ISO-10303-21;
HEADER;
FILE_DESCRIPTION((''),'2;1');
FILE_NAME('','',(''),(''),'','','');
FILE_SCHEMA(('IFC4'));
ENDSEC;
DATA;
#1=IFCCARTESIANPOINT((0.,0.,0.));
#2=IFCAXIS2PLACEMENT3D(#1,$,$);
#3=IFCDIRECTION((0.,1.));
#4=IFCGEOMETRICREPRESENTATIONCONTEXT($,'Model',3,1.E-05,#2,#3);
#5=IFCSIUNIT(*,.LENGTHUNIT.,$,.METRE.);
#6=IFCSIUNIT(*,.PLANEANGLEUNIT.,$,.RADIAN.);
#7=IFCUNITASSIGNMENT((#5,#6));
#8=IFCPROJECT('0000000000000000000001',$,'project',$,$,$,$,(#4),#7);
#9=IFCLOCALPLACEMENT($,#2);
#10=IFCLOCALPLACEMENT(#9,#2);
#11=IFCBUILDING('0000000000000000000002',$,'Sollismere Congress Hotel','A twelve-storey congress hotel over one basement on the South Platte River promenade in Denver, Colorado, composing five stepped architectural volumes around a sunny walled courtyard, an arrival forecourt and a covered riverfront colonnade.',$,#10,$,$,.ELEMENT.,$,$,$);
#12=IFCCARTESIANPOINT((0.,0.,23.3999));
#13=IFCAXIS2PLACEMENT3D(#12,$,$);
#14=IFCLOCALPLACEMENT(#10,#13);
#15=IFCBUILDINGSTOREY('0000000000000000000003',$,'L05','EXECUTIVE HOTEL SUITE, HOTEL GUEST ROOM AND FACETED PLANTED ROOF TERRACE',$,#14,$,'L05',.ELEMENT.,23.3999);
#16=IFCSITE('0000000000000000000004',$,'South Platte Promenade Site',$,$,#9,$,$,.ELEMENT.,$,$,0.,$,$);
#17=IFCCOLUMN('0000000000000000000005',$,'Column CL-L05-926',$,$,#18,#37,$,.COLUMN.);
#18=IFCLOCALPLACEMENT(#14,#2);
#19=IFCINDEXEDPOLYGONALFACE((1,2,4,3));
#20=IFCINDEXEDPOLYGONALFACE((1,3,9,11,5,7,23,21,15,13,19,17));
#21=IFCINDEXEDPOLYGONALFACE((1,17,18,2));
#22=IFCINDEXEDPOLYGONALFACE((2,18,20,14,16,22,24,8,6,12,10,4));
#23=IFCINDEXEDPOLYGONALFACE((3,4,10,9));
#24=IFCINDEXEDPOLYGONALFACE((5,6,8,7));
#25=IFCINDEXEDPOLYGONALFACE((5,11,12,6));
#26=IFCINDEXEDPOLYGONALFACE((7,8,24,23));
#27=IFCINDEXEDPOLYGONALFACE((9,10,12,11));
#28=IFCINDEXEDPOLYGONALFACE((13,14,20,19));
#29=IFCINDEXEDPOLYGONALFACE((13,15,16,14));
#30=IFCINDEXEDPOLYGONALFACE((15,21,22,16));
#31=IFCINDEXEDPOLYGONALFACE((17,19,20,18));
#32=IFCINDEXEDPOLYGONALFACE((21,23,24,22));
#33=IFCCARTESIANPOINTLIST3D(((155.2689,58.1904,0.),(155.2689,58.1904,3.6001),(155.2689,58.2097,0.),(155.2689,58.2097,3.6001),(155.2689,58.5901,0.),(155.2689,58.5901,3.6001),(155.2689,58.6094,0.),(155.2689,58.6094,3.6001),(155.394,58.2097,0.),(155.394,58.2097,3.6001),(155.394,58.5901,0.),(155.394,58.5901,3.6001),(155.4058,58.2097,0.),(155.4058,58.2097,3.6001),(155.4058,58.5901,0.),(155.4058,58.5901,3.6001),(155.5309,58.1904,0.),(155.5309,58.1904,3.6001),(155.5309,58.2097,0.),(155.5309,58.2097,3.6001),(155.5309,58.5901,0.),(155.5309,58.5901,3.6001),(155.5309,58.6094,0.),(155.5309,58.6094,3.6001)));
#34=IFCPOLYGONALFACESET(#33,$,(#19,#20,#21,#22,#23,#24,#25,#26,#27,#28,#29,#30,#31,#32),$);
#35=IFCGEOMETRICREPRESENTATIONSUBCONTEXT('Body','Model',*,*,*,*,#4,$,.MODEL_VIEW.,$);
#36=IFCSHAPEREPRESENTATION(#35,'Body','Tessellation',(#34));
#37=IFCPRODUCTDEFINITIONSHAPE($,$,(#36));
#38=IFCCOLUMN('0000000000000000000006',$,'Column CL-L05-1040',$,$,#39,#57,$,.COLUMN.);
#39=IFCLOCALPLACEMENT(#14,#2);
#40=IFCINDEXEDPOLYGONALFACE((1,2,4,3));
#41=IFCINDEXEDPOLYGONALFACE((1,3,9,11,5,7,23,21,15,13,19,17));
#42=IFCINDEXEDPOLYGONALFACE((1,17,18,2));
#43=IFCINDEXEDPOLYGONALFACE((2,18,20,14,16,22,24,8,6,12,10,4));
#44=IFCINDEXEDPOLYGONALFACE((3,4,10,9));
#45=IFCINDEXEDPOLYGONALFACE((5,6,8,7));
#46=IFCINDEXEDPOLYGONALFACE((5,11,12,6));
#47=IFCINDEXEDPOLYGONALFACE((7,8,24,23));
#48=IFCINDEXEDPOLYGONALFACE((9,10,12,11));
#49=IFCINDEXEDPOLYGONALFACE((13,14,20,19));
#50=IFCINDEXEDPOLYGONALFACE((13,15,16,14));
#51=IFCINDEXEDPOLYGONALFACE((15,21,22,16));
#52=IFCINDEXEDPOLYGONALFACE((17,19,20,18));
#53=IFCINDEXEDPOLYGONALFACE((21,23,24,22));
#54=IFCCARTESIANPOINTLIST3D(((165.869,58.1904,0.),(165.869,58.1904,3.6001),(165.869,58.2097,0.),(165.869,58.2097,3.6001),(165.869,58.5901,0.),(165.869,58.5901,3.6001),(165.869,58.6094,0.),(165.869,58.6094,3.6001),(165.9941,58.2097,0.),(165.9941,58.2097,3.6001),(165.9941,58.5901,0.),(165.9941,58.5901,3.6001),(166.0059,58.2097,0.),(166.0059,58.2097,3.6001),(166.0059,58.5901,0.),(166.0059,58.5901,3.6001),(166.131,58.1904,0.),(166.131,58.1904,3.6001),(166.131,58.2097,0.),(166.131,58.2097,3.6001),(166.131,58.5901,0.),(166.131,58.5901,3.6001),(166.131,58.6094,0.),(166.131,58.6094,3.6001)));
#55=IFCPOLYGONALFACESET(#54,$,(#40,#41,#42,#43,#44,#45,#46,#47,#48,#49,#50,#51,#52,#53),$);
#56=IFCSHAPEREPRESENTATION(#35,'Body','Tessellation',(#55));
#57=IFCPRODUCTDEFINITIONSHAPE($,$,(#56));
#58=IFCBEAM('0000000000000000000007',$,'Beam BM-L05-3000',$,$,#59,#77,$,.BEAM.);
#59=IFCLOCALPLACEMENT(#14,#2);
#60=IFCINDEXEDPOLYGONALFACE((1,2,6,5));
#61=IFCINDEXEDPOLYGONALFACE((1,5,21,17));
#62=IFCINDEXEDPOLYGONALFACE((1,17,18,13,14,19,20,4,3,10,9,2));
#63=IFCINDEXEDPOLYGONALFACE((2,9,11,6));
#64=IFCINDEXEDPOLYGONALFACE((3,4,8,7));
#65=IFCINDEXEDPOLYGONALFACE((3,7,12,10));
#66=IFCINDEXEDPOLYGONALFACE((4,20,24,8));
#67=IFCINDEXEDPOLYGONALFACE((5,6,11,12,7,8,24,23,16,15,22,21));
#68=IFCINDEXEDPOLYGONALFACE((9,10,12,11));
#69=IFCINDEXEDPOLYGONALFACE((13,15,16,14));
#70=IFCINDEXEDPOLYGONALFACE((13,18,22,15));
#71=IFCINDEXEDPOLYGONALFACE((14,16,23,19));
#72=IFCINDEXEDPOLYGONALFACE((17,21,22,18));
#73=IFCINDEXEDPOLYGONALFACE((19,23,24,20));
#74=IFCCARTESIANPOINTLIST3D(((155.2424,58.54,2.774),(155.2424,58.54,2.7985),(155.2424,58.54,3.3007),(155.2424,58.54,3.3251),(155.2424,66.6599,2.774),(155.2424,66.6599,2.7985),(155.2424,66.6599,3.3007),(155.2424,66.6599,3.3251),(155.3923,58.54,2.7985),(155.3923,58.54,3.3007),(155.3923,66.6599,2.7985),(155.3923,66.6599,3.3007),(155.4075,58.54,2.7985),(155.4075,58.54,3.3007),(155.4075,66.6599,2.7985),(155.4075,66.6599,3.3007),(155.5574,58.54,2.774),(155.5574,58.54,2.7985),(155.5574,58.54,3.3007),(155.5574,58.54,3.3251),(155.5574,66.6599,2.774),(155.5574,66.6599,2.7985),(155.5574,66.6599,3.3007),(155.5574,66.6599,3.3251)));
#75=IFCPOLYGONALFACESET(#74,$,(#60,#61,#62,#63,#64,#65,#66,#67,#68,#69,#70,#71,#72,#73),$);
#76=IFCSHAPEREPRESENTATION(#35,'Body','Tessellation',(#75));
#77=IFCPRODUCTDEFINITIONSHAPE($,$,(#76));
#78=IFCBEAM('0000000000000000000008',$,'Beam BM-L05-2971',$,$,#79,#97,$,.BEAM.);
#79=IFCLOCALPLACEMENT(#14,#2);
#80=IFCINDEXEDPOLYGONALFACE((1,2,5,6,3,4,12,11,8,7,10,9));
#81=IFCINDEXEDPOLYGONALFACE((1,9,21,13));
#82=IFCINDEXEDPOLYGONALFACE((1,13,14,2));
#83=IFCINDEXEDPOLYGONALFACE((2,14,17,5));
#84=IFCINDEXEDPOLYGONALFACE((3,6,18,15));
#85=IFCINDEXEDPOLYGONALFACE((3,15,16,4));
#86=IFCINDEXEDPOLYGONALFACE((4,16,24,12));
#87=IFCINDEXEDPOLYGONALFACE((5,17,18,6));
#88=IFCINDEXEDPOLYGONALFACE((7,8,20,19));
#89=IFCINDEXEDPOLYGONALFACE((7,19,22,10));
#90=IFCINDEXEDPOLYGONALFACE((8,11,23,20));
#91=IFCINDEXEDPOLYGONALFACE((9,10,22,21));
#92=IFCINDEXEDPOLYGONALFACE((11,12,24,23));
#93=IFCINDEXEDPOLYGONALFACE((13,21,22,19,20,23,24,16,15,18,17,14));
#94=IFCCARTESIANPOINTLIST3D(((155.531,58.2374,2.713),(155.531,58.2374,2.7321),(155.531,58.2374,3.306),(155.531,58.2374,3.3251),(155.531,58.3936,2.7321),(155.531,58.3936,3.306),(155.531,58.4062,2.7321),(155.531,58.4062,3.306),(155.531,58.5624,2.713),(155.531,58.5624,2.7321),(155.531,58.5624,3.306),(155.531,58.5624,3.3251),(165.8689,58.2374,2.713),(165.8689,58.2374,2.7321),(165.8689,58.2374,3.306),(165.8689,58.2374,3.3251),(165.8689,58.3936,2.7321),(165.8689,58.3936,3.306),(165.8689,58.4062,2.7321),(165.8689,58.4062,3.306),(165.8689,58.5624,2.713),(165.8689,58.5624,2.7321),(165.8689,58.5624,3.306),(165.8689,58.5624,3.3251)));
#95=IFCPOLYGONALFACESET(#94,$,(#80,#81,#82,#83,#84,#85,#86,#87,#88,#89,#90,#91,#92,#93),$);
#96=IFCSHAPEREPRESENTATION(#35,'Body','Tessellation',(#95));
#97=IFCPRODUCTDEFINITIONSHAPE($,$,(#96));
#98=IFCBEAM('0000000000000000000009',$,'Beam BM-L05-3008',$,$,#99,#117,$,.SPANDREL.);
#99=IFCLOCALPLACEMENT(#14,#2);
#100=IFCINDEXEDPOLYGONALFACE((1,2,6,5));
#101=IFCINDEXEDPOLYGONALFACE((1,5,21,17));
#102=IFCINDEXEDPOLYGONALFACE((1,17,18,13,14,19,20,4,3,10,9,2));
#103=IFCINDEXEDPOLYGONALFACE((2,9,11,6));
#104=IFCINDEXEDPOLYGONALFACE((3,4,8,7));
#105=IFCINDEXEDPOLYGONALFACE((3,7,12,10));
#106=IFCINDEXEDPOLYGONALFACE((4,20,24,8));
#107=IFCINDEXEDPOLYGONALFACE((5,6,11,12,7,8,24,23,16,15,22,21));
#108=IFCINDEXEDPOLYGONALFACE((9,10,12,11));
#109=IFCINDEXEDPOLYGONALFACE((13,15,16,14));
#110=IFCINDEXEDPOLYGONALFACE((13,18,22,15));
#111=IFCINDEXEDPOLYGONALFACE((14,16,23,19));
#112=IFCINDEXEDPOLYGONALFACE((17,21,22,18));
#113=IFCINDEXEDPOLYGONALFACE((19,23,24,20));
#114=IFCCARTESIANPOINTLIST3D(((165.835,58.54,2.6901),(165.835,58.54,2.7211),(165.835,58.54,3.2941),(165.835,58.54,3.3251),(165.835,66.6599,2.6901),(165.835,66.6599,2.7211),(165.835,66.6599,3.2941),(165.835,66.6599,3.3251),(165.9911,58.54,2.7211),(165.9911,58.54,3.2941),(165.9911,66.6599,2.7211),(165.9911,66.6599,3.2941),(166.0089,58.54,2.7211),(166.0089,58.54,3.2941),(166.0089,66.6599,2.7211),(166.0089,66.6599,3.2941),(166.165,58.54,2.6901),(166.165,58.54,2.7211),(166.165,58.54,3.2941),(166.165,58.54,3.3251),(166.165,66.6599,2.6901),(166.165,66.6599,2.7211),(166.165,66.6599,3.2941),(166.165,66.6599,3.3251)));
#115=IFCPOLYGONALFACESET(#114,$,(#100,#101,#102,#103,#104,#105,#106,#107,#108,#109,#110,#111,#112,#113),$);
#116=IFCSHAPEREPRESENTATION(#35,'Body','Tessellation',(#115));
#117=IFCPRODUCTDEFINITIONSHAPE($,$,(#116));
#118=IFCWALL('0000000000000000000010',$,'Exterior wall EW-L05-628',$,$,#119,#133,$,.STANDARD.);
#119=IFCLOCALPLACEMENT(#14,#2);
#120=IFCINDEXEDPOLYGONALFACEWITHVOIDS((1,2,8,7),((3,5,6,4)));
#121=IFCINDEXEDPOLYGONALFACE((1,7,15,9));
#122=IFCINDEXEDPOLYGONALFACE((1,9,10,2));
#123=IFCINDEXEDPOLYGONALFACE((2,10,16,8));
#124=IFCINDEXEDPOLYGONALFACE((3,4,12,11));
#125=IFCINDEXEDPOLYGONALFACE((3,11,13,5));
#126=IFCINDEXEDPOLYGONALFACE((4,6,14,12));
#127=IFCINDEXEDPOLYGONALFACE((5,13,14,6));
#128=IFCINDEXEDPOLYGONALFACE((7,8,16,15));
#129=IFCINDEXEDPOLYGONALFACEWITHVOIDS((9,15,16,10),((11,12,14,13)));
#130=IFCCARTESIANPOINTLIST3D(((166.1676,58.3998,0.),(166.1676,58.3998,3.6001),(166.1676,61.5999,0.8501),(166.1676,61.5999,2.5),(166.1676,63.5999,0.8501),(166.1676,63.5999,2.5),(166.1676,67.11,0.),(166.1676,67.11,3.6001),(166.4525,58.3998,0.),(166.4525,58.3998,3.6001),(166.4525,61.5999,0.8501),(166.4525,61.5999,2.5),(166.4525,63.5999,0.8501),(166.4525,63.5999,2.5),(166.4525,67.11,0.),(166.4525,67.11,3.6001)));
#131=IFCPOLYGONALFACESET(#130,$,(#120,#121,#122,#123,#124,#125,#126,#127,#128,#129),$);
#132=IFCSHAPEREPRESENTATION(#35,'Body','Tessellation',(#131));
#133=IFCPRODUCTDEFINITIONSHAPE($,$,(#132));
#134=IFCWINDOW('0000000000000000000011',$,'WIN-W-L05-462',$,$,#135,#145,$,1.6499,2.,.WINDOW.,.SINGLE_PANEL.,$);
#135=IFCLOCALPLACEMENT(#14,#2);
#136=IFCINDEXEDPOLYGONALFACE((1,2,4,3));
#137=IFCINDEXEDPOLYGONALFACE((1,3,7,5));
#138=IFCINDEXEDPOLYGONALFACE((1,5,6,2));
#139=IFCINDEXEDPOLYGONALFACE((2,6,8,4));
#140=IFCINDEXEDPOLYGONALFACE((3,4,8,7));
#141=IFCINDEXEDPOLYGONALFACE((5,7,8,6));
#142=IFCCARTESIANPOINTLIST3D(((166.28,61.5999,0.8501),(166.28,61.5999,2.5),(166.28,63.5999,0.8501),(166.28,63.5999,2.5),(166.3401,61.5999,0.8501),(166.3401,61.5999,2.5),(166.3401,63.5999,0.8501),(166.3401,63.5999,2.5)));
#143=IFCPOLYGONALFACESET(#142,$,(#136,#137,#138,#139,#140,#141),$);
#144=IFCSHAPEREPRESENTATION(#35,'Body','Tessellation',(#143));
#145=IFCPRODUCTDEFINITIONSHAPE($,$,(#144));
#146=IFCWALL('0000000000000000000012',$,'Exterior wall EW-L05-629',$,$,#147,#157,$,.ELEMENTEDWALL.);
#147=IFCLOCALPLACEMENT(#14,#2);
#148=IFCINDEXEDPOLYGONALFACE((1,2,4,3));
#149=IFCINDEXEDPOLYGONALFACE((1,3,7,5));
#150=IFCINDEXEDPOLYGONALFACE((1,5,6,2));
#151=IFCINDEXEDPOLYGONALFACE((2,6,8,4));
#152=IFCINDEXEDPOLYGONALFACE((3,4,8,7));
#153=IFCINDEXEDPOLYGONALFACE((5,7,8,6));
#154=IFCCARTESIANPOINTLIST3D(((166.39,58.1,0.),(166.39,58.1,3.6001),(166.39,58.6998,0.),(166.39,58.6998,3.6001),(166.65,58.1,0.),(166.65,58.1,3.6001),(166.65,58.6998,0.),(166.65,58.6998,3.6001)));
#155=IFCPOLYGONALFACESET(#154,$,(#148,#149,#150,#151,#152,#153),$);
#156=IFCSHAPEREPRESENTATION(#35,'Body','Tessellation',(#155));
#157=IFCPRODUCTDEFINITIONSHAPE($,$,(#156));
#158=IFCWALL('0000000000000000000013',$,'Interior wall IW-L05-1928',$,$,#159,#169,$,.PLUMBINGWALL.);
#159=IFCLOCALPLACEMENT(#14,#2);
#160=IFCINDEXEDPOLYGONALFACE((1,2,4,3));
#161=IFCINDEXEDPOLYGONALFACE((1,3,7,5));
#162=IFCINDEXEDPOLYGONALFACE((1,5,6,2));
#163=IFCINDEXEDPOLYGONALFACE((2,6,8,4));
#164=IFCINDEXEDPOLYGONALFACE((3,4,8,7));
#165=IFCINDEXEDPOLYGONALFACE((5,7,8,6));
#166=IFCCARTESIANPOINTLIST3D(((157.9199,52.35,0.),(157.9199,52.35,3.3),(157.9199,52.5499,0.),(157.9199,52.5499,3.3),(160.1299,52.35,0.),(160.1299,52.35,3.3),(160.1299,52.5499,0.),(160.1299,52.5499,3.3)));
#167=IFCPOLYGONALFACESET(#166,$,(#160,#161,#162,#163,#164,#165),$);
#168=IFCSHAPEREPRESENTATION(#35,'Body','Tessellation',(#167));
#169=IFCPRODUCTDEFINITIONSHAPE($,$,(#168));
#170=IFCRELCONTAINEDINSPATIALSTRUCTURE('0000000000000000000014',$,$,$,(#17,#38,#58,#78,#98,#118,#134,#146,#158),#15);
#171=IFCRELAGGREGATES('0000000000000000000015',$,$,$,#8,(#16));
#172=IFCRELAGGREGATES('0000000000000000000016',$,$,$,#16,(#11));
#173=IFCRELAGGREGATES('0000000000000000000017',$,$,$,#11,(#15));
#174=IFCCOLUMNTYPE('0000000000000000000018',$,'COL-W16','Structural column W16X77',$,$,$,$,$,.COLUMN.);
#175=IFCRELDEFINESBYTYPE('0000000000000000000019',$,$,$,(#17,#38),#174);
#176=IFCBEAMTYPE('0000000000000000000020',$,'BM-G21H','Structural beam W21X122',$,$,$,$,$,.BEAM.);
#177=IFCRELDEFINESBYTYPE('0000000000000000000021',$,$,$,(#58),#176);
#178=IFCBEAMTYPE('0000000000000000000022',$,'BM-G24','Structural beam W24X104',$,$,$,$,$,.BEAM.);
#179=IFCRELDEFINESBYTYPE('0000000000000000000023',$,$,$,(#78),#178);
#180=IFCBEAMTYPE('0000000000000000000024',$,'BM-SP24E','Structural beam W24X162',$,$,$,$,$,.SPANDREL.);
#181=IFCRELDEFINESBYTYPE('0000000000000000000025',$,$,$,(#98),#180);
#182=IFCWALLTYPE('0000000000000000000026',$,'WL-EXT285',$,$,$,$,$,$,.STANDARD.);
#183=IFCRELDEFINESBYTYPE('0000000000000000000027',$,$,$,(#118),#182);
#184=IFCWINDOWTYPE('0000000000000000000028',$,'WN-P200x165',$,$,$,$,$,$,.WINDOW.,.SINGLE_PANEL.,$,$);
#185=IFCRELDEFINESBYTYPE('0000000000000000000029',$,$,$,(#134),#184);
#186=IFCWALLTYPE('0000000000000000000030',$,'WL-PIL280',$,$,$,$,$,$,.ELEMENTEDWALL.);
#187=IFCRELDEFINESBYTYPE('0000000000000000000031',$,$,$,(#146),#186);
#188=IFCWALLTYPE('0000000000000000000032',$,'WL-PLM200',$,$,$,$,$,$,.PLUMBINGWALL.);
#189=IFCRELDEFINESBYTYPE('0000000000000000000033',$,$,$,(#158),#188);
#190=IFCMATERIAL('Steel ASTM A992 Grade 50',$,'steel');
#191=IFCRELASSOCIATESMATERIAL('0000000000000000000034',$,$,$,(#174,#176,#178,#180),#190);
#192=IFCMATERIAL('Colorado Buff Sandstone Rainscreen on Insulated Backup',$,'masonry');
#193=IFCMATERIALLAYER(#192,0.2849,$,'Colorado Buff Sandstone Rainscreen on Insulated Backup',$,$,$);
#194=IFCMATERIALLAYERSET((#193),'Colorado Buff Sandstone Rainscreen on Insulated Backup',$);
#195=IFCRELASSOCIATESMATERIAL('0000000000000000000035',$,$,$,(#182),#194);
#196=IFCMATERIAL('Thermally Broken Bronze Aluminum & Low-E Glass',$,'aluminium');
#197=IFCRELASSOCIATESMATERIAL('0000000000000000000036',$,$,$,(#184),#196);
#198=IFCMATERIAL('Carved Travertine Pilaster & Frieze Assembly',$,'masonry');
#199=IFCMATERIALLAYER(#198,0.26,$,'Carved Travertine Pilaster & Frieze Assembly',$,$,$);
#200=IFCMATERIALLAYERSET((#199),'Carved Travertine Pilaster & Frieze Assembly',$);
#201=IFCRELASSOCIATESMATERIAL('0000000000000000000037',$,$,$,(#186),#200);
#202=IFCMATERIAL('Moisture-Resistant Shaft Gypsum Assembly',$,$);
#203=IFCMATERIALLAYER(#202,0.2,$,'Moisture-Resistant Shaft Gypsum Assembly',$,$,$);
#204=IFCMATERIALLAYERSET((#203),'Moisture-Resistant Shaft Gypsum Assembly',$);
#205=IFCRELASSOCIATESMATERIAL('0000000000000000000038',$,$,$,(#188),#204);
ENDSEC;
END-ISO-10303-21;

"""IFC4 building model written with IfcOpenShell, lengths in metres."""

from ifc_helpers import new_model, si_unit, direction, frame, frame_2d, origin, origin_2d, place, context, subcontext, project, spatial, rectangle, i_section, extrude, material, layer, layer_set, material_profile, profile_set, type_object, element, fill, save


model = new_model("IFC4")

# Units and contexts
model_context = context("Model", 3, precision=1e-05, world=origin(), true_north=direction((0.0, 1.0)))
body_context = subcontext(model_context, "Body", "Model", "MODEL_VIEW")
ifc_project = project(units=[si_unit("LENGTHUNIT", "METRE"), si_unit("PLANEANGLEUNIT", "RADIAN")], contexts=[model_context])

# Site, building, storey
site_placement = place(None, origin())
site = spatial("IfcSite", under=ifc_project, at=site_placement, Name="South Platte Promenade Site", CompositionType="ELEMENT", RefElevation=0.0)
building_placement = place(site_placement, origin())
building = spatial("IfcBuilding", under=site, at=building_placement, Name="Sollismere Congress Hotel", Description="A twelve-storey congress hotel over one basement on the South Platte River promenade in Denver, Colorado, composing five stepped architectural volumes around a sunny walled courtyard, an arrival forecourt and a covered riverfront colonnade.", CompositionType="ELEMENT")
storey_placement = place(building_placement, frame((0.0, 0.0, 23.3999)))
storey = spatial("IfcBuildingStorey", under=building, at=storey_placement, Name="L05", Description="EXECUTIVE HOTEL SUITE, HOTEL GUEST ROOM AND FACETED PLANTED ROOF TERRACE", LongName="L05", CompositionType="ELEMENT", Elevation=23.3999)

# Columns
ifc_material_1 = material(Name="Steel ASTM A992 Grade 50", Category="steel")
ifc_material_profile_1 = material_profile(ifc_material_1, i_section(OverallWidth=0.262, OverallDepth=0.4189, WebThickness=0.0117, FlangeThickness=0.0193, at=origin_2d()), Name="W16X77")
ifc_profile_set_1 = profile_set([ifc_material_profile_1], Name="Steel ASTM A992 Grade 50")
column_type = type_object("IfcColumnType", Name="COL-W16", Description="Structural column W16X77", PredefinedType="COLUMN", material=ifc_profile_set_1)
for number, where, z_axis, x_axis, name in (
    (1, (155.3999, 58.3999, 0.0), (0.0, 0.0, 1.0), (1.0, 0.0, 0.0), "Column CL-L05-926"),
    (2, (166.0, 58.3999, 0.0), (0.0, 0.0, 1.0), (1.0, 0.0, 0.0), "Column CL-L05-1040"),
):
    element("IfcColumn", number, at=place(storey_placement, frame(where, z_axis=z_axis, x_axis=x_axis)), inside=storey, type_object=column_type, Name=name, PredefinedType="COLUMN", context=body_context, shape_type="SweptSolid", body=[
        extrude(i_section(OverallWidth=0.262, OverallDepth=0.4189, WebThickness=0.0117, FlangeThickness=0.0193, at=origin_2d()), origin(), (0.0, 0.0, 1.0), 3.6001),
    ])

# Beams
ifc_material_profile_2 = material_profile(ifc_material_1, i_section(OverallWidth=0.3149, OverallDepth=0.551, WebThickness=0.0151, FlangeThickness=0.0244, at=origin_2d()), Name="W21X122")
ifc_profile_set_2 = profile_set([ifc_material_profile_2], Name="Steel ASTM A992 Grade 50")
beam_type_1 = type_object("IfcBeamType", Name="BM-G21H", Description="Structural beam W21X122", PredefinedType="BEAM", material=ifc_profile_set_2)
beam_1_placement = place(storey_placement, frame((155.3999, 58.54, 3.0496), z_axis=(0.0, 1.0, 0.0), x_axis=(-1.0, 0.0, 0.0)))
element("IfcBeam", 3, at=beam_1_placement, inside=storey, type_object=beam_type_1, Name="Beam BM-L05-3000", PredefinedType="BEAM", context=body_context, shape_type="SweptSolid", body=[
    extrude(i_section(OverallWidth=0.3149, OverallDepth=0.551, WebThickness=0.0151, FlangeThickness=0.0244, at=origin_2d()), origin(), (0.0, 0.0, 1.0), 8.1199),
])
ifc_material_profile_3 = material_profile(ifc_material_1, i_section(OverallWidth=0.325, OverallDepth=0.6121, WebThickness=0.0127, FlangeThickness=0.019, at=origin_2d()), Name="W24X104")
ifc_profile_set_3 = profile_set([ifc_material_profile_3], Name="Steel ASTM A992 Grade 50")
beam_type_2 = type_object("IfcBeamType", Name="BM-G24", Description="Structural beam W24X104", PredefinedType="BEAM", material=ifc_profile_set_3)
beam_2_placement = place(storey_placement, frame((155.531, 58.3999, 3.019), z_axis=(1.0, 0.0, 0.0), x_axis=(0.0, 1.0, 0.0)))
element("IfcBeam", 4, at=beam_2_placement, inside=storey, type_object=beam_type_2, Name="Beam BM-L05-2971", PredefinedType="BEAM", context=body_context, shape_type="SweptSolid", body=[
    extrude(i_section(OverallWidth=0.325, OverallDepth=0.6121, WebThickness=0.0127, FlangeThickness=0.019, at=origin_2d()), origin(), (0.0, 0.0, 1.0), 10.3379),
])
ifc_material_profile_4 = material_profile(ifc_material_1, i_section(OverallWidth=0.3301, OverallDepth=0.635, WebThickness=0.0178, FlangeThickness=0.031, at=origin_2d()), Name="W24X162")
ifc_profile_set_4 = profile_set([ifc_material_profile_4], Name="Steel ASTM A992 Grade 50")
beam_type_3 = type_object("IfcBeamType", Name="BM-SP24E", Description="Structural beam W24X162", PredefinedType="SPANDREL", material=ifc_profile_set_4)
beam_3_placement = place(storey_placement, frame((166.0, 58.54, 3.0076), z_axis=(0.0, 1.0, 0.0), x_axis=(-1.0, 0.0, 0.0)))
element("IfcBeam", 5, at=beam_3_placement, inside=storey, type_object=beam_type_3, Name="Beam BM-L05-3008", PredefinedType="SPANDREL", context=body_context, shape_type="SweptSolid", body=[
    extrude(i_section(OverallWidth=0.3301, OverallDepth=0.635, WebThickness=0.0178, FlangeThickness=0.031, at=origin_2d()), origin(), (0.0, 0.0, 1.0), 8.1199),
])

# Wall, opening, window
ifc_material_2 = material(Name="Colorado Buff Sandstone Rainscreen on Insulated Backup", Category="masonry")
ifc_layer_1 = layer(ifc_material_2, 0.2849, Name="Colorado Buff Sandstone Rainscreen on Insulated Backup")
ifc_layer_set_1 = layer_set([ifc_layer_1], Name="Colorado Buff Sandstone Rainscreen on Insulated Backup")
wall_type_1 = type_object("IfcWallType", Name="WL-EXT285", PredefinedType="STANDARD", material=ifc_layer_set_1)
wall_1_placement = place(storey_placement, frame((166.3101, 58.3999, 0.0), z_axis=(0.0, 0.0, 1.0), x_axis=(0.0, 1.0, 0.0)))
wall_1 = element("IfcWall", 6, at=wall_1_placement, inside=storey, type_object=wall_type_1, Name="Exterior wall EW-L05-628", PredefinedType="STANDARD", context=body_context, shape_type="SweptSolid", body=[
    extrude(rectangle(XDim=8.7102, YDim=0.2849, at=frame_2d((4.355, 0.0))), origin(), (0.0, 0.0, 1.0), 3.6001),
])
opening_1_placement = place(wall_1_placement, frame((3.2, 0.0, 0.8501)))
opening_1 = element("IfcOpeningElement", 7, at=opening_1_placement, cuts=wall_1, PredefinedType="OPENING", context=body_context, shape_type="SweptSolid", body=[
    extrude(rectangle(XDim=2.0, YDim=1.6499, at=frame_2d((1.0, 0.825))), frame((0.0, 0.1523, 0.0), z_axis=(0.0, -1.0, 0.0), x_axis=(1.0, 0.0, 0.0)), (0.0, 0.0, 1.0), 0.3049),
])
ifc_material_3 = material(Name="Thermally Broken Bronze Aluminum & Low-E Glass", Category="aluminium")
window_type = type_object("IfcWindowType", Name="WN-P200x165", PartitioningType="SINGLE_PANEL", PredefinedType="WINDOW", material=ifc_material_3)
window_placement = place(opening_1_placement, origin())
window = element("IfcWindow", 8, at=window_placement, inside=storey, type_object=window_type, Name="WIN-W-L05-462", OverallHeight=1.6499, OverallWidth=2.0, PartitioningType="SINGLE_PANEL", PredefinedType="WINDOW", context=body_context, shape_type="SweptSolid", body=[
    extrude(rectangle(XDim=2.0, YDim=1.6499, at=frame_2d((1.0, 0.825))), frame((0.0, 0.03, 0.0), z_axis=(0.0, -1.0, 0.0), x_axis=(1.0, 0.0, 0.0)), (0.0, 0.0, 1.0), 0.0601),
])
fill(opening_1, window)

# Walls
ifc_material_4 = material(Name="Carved Travertine Pilaster & Frieze Assembly", Category="masonry")
ifc_layer_2 = layer(ifc_material_4, 0.26, Name="Carved Travertine Pilaster & Frieze Assembly")
ifc_layer_set_2 = layer_set([ifc_layer_2], Name="Carved Travertine Pilaster & Frieze Assembly")
wall_type_2 = type_object("IfcWallType", Name="WL-PIL280", PredefinedType="ELEMENTEDWALL", material=ifc_layer_set_2)
wall_2_placement = place(storey_placement, frame((166.52, 58.1001, 0.0), z_axis=(0.0, 0.0, 1.0), x_axis=(0.0, 1.0, 0.0)))
element("IfcWall", 9, at=wall_2_placement, inside=storey, type_object=wall_type_2, Name="Exterior wall EW-L05-629", PredefinedType="ELEMENTEDWALL", context=body_context, shape_type="SweptSolid", body=[
    extrude(rectangle(XDim=0.5999, YDim=0.26, at=frame_2d((0.2998, 0.0))), origin(), (0.0, 0.0, 1.0), 3.6001),
])
ifc_material_5 = material(Name="Moisture-Resistant Shaft Gypsum Assembly")
ifc_layer_3 = layer(ifc_material_5, 0.2, Name="Moisture-Resistant Shaft Gypsum Assembly")
ifc_layer_set_3 = layer_set([ifc_layer_3], Name="Moisture-Resistant Shaft Gypsum Assembly")
wall_type_3 = type_object("IfcWallType", Name="WL-PLM200", PredefinedType="PLUMBINGWALL", material=ifc_layer_set_3)
wall_3_placement = place(storey_placement, frame((157.9199, 52.45, 0.0), z_axis=(0.0, 0.0, 1.0), x_axis=(1.0, 0.0, 0.0)))
element("IfcWall", 10, at=wall_3_placement, inside=storey, type_object=wall_type_3, Name="Interior wall IW-L05-1928", PredefinedType="PLUMBINGWALL", context=body_context, shape_type="SweptSolid", body=[
    extrude(rectangle(XDim=2.21, YDim=0.2, at=frame_2d((1.105, 0.0))), origin(), (0.0, 0.0, 1.0), 3.3),
])

save(model, "model.ifc")
